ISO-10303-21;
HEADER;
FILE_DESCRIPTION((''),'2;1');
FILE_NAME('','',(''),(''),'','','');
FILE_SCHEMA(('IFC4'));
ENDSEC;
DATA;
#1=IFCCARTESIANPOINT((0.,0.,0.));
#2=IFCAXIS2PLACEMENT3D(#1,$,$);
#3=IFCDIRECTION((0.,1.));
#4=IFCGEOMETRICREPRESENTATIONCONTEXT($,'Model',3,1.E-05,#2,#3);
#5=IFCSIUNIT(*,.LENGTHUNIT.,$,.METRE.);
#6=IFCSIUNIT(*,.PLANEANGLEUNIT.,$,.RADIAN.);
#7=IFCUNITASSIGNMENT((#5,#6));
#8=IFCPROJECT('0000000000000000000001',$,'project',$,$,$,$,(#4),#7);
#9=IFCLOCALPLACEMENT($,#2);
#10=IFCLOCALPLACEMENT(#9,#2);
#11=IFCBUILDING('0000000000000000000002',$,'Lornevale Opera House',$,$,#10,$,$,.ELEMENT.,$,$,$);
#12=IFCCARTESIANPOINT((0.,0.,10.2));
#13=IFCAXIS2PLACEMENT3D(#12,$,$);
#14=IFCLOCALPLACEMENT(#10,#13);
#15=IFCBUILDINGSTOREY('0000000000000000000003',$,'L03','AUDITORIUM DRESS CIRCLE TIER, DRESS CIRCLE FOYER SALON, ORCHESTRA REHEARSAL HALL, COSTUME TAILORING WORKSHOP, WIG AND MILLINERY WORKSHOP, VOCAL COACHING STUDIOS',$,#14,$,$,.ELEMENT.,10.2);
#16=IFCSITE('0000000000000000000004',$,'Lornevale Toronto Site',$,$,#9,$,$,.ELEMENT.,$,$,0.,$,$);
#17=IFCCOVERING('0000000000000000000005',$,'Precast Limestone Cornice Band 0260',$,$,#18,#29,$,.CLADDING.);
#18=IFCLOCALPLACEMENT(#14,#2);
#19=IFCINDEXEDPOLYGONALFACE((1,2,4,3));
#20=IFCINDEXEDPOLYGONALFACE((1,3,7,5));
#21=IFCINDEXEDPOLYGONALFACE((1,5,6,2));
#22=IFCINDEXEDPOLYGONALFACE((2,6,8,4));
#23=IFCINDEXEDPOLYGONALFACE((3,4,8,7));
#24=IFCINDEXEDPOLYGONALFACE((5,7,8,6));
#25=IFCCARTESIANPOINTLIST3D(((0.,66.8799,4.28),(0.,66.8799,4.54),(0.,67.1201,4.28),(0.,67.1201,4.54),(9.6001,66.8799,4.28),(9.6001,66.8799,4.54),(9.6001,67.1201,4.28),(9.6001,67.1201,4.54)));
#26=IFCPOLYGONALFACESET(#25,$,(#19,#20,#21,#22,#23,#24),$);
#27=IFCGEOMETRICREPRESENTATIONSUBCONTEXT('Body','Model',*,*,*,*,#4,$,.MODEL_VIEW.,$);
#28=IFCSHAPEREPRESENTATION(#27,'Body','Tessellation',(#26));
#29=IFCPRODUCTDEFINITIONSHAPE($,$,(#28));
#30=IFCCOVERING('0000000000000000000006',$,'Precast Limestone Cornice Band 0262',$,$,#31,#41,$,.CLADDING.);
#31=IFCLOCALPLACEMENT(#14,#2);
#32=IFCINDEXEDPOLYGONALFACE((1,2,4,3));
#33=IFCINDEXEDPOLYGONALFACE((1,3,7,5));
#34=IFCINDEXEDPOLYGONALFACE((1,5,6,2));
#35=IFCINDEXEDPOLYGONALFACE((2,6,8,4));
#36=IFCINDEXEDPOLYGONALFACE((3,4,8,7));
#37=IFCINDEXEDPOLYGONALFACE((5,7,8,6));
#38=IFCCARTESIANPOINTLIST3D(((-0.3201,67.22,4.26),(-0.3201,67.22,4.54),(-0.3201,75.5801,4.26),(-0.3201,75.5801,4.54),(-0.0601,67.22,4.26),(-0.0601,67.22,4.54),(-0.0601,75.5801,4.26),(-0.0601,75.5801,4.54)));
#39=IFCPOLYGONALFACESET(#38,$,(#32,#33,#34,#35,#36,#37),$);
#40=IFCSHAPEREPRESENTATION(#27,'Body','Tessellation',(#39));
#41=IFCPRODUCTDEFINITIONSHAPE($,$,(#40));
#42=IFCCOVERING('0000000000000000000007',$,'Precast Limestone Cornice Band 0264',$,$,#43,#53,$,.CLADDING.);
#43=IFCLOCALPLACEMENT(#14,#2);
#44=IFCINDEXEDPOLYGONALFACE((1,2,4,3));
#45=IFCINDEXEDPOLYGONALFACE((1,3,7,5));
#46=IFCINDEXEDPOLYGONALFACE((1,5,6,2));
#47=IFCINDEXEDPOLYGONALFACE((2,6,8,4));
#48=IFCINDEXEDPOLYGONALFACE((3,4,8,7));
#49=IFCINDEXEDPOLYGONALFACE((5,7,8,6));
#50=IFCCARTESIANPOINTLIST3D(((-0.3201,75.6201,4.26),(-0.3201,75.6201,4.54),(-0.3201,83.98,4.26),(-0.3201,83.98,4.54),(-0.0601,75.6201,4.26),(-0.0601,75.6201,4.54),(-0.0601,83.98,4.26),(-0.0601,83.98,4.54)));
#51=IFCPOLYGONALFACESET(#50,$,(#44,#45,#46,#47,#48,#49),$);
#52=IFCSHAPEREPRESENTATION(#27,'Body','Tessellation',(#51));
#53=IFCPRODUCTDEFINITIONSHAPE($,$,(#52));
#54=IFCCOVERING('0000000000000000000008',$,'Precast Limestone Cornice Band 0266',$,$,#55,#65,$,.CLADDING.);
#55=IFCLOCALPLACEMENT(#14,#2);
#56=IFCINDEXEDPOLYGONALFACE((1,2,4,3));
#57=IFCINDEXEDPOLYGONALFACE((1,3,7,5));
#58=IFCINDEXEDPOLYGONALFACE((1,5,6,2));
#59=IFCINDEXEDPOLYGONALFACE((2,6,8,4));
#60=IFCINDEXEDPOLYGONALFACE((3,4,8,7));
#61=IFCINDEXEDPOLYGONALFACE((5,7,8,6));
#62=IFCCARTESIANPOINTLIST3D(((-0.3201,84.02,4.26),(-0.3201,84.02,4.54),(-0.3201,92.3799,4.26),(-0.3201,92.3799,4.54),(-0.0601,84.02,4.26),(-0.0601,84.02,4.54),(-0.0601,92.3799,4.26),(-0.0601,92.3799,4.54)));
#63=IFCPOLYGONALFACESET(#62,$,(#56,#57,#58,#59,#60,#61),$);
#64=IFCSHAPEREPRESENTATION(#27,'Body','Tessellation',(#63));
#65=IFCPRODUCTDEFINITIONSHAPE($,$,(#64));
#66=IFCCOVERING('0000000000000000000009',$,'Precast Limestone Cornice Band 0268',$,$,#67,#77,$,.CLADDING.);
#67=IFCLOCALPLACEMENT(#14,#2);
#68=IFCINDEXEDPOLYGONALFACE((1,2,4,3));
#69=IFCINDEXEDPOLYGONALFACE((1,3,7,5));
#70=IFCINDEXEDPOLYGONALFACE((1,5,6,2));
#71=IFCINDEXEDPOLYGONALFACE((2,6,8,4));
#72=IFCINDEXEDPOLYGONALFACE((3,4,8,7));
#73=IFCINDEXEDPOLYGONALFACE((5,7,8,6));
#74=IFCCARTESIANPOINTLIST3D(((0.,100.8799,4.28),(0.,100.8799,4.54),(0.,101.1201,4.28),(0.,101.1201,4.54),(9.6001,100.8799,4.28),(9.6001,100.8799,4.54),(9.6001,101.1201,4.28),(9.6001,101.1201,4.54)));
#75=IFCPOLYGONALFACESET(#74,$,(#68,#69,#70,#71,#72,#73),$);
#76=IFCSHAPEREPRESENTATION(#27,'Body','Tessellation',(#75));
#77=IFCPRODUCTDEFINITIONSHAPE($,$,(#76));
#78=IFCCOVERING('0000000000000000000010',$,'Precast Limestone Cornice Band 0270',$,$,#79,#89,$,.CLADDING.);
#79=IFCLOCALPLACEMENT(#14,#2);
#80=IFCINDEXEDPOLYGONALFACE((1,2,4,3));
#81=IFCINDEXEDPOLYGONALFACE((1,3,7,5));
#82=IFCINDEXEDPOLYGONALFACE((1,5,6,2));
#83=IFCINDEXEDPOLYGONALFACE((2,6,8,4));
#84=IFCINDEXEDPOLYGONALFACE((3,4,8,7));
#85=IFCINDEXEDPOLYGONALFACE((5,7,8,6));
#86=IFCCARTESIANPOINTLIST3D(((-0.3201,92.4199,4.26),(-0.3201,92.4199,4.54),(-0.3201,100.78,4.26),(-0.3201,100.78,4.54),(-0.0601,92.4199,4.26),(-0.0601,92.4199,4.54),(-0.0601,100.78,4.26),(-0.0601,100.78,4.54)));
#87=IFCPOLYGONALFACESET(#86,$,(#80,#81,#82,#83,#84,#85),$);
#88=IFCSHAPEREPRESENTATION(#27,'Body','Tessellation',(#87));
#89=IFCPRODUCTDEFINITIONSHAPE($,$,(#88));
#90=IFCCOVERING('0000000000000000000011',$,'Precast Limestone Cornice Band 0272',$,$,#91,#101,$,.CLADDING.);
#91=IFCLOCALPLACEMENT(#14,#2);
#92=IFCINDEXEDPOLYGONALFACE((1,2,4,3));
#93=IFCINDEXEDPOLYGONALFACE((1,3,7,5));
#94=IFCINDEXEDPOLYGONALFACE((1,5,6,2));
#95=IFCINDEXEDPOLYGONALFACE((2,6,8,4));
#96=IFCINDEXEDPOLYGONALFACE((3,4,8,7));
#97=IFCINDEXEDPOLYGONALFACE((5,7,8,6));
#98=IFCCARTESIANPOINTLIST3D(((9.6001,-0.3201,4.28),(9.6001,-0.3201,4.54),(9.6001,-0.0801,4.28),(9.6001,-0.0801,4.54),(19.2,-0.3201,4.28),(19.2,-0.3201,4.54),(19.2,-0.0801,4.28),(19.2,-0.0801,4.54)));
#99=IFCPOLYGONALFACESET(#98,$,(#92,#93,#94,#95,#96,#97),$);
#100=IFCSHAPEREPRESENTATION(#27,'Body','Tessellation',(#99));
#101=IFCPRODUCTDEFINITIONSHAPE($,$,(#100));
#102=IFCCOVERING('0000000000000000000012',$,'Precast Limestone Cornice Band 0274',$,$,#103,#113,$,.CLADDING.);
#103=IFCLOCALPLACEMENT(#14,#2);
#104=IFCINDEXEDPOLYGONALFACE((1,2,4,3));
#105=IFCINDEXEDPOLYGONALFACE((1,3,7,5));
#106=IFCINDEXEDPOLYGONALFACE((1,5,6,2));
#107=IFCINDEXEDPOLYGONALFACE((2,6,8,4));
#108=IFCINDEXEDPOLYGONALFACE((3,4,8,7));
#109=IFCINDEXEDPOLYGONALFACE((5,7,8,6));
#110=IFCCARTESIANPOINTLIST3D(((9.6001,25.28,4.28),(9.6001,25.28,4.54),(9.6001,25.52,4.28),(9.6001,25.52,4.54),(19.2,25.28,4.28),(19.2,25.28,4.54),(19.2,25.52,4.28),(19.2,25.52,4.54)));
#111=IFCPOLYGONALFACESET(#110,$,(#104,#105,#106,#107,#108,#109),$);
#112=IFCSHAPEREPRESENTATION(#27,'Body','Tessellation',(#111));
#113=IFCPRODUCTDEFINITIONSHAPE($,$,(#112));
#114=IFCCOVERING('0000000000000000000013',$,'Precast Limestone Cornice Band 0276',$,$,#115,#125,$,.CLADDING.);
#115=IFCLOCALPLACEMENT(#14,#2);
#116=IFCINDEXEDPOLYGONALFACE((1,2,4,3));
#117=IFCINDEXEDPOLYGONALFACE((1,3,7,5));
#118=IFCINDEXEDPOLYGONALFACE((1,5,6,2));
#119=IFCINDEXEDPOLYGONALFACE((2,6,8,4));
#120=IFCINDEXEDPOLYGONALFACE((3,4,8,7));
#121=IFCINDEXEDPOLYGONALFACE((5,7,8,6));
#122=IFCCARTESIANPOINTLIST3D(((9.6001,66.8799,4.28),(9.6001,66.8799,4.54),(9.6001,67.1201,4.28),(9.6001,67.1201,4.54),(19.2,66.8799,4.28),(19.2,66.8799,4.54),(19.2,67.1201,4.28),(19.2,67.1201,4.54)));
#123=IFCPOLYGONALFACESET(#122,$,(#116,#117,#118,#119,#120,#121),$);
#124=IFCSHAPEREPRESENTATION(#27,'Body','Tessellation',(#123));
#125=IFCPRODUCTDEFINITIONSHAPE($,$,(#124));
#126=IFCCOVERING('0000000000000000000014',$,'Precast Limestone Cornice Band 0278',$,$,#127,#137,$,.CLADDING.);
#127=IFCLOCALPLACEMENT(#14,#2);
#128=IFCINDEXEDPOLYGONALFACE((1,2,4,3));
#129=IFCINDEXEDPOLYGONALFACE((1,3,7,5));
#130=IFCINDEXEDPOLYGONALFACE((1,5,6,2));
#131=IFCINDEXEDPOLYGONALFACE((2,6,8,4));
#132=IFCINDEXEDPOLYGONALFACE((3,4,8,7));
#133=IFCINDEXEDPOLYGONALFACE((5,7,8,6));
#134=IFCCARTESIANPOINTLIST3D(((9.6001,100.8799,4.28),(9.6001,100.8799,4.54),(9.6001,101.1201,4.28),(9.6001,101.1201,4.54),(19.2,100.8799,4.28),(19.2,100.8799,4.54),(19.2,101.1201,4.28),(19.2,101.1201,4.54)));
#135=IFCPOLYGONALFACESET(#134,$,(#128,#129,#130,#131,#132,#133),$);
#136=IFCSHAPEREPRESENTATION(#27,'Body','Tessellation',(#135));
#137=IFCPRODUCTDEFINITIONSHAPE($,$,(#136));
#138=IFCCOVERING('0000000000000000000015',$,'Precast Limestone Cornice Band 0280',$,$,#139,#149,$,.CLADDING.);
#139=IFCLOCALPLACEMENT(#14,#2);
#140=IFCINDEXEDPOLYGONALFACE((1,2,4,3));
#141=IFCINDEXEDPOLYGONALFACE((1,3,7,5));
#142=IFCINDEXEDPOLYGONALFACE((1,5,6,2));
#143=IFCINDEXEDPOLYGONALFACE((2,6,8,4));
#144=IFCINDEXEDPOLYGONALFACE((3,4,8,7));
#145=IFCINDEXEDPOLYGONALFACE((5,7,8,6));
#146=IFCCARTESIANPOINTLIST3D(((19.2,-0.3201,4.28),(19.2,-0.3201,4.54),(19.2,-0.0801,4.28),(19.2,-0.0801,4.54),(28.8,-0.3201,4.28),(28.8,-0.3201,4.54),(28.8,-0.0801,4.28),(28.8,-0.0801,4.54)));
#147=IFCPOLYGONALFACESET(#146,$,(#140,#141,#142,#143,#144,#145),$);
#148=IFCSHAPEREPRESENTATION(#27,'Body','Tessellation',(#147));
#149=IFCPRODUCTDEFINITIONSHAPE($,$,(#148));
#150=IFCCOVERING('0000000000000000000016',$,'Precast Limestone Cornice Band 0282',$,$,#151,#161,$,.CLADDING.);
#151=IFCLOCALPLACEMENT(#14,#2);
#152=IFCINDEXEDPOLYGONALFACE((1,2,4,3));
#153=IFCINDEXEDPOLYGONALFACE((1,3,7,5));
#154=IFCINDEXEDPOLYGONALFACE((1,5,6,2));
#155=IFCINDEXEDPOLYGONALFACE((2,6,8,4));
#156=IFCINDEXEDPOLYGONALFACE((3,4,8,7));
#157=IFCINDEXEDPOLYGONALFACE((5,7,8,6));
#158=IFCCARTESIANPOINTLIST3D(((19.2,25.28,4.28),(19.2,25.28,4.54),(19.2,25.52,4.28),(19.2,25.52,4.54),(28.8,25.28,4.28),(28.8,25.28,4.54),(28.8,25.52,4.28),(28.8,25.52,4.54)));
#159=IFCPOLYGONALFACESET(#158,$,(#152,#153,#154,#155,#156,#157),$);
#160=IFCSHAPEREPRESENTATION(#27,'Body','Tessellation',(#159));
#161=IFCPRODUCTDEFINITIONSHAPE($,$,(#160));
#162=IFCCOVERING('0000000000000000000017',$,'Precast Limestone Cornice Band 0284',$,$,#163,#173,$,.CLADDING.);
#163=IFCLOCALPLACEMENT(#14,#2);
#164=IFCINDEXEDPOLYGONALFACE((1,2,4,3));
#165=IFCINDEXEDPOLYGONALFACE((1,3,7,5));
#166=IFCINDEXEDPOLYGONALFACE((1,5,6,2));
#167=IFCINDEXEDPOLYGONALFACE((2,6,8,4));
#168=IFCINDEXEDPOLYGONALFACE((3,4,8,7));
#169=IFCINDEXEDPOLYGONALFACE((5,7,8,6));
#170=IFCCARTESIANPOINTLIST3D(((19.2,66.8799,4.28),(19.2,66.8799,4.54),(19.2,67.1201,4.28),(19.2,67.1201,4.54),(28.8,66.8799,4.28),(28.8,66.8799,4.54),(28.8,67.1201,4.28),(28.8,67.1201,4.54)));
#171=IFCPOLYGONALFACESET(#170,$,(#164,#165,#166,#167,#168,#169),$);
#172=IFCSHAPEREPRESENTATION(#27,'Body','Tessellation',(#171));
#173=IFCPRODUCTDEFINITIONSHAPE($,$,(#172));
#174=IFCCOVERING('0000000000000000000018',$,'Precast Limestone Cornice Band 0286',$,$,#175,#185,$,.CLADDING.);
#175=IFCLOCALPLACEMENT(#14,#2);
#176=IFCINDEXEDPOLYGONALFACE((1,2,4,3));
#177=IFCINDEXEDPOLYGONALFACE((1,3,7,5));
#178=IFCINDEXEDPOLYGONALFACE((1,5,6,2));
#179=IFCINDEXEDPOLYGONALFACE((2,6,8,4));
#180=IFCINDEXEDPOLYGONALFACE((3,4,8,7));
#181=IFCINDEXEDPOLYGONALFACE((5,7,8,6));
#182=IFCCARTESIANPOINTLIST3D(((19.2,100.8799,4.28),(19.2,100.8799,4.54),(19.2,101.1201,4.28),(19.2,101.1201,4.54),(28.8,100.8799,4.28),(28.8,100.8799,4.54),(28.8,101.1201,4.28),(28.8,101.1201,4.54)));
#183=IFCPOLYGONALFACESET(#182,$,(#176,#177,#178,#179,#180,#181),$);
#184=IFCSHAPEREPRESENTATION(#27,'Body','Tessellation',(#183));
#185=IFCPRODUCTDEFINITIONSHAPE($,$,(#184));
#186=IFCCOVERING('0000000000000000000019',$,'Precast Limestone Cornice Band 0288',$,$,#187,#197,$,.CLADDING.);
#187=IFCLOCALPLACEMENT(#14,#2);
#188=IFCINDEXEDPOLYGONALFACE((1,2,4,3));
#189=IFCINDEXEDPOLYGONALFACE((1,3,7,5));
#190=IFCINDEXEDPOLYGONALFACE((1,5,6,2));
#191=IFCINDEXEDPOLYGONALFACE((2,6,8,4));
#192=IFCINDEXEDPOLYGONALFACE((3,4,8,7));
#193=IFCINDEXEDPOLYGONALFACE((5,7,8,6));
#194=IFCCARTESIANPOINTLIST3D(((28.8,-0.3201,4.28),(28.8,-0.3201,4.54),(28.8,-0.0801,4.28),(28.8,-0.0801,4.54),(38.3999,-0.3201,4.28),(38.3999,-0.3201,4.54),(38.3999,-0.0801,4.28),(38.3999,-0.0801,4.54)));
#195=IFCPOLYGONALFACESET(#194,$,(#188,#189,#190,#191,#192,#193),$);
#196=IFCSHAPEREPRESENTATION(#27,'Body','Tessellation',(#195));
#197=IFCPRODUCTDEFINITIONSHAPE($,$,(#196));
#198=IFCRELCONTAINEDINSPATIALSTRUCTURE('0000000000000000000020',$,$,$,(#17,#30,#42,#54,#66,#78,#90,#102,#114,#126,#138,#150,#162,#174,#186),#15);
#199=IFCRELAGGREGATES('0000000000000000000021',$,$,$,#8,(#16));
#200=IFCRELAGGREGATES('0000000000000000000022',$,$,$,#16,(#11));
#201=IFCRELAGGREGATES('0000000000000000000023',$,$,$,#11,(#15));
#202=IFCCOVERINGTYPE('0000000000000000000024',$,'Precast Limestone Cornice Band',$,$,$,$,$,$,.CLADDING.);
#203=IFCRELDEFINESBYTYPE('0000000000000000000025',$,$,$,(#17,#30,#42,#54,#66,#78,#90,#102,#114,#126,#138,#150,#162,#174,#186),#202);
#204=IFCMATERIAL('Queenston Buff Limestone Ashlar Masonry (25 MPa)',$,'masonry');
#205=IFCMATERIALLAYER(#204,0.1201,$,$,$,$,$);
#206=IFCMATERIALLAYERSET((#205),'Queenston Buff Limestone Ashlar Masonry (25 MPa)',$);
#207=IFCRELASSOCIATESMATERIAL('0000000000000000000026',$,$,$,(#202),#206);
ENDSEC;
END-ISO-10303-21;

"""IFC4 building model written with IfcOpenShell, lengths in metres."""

from ifc_helpers import new_model, si_unit, direction, frame, origin, place, context, subcontext, project, spatial, polyline, outline, extrude, material, layer, layer_set, type_object, element, save


model = new_model("IFC4")

# Units and contexts
model_context = context("Model", 3, precision=1e-05, world=origin(), true_north=direction((0.0, 1.0)))
body_context = subcontext(model_context, "Body", "Model", "MODEL_VIEW")
ifc_project = project(units=[si_unit("LENGTHUNIT", "METRE"), si_unit("PLANEANGLEUNIT", "RADIAN")], contexts=[model_context])

# Site, building, storey
site_placement = place(None, origin())
site = spatial("IfcSite", under=ifc_project, at=site_placement, Name="Lornevale Toronto Site", CompositionType="ELEMENT", RefElevation=0.0)
building_placement = place(site_placement, origin())
building = spatial("IfcBuilding", under=site, at=building_placement, Name="Lornevale Opera House", CompositionType="ELEMENT")
storey_placement = place(building_placement, frame((0.0, 0.0, 10.2)))
storey = spatial("IfcBuildingStorey", under=building, at=storey_placement, Name="L03", Description="AUDITORIUM DRESS CIRCLE TIER, DRESS CIRCLE FOYER SALON, ORCHESTRA REHEARSAL HALL, COSTUME TAILORING WORKSHOP, WIG AND MILLINERY WORKSHOP, VOCAL COACHING STUDIOS", CompositionType="ELEMENT", Elevation=10.2)

# Coverings
ifc_material_1 = material(Name="Queenston Buff Limestone Ashlar Masonry (25 MPa)", Category="masonry")
ifc_layer_1 = layer(ifc_material_1, 0.1201)
ifc_layer_set_1 = layer_set([ifc_layer_1], Name="Queenston Buff Limestone Ashlar Masonry (25 MPa)")
covering_type_1 = type_object("IfcCoveringType", Name="Precast Limestone Cornice Band", PredefinedType="CLADDING", material=ifc_layer_set_1)
covering_1_placement = place(storey_placement, frame((0.0, 0.0, 4.28)))
element("IfcCovering", 1, at=covering_1_placement, inside=storey, type_object=covering_type_1, Name="Precast Limestone Cornice Band 0260", PredefinedType="CLADDING", context=body_context, shape_type="SweptSolid", body=[
    extrude(outline(polyline([(9.6001, 67.1201), (0.0, 67.1201), (0.0, 66.8799), (9.6001, 66.8799), (9.6001, 67.1201)])), origin(), (0.0, 0.0, 1.0), 0.26),
])
covering_2_placement = place(storey_placement, frame((0.0, 0.0, 4.26)))
element("IfcCovering", 2, at=covering_2_placement, inside=storey, type_object=covering_type_1, Name="Precast Limestone Cornice Band 0262", PredefinedType="CLADDING", context=body_context, shape_type="SweptSolid", body=[
    extrude(outline(polyline([(-0.0601, 67.22), (-0.0601, 75.5801), (-0.3201, 75.5801), (-0.3201, 67.22), (-0.0601, 67.22)])), origin(), (0.0, 0.0, 1.0), 0.28),
])
covering_3_placement = place(storey_placement, frame((0.0, 0.0, 4.26)))
element("IfcCovering", 3, at=covering_3_placement, inside=storey, type_object=covering_type_1, Name="Precast Limestone Cornice Band 0264", PredefinedType="CLADDING", context=body_context, shape_type="SweptSolid", body=[
    extrude(outline(polyline([(-0.0601, 75.6201), (-0.0601, 83.98), (-0.3201, 83.98), (-0.3201, 75.6201), (-0.0601, 75.6201)])), origin(), (0.0, 0.0, 1.0), 0.28),
])
covering_4_placement = place(storey_placement, frame((0.0, 0.0, 4.26)))
element("IfcCovering", 4, at=covering_4_placement, inside=storey, type_object=covering_type_1, Name="Precast Limestone Cornice Band 0266", PredefinedType="CLADDING", context=body_context, shape_type="SweptSolid", body=[
    extrude(outline(polyline([(-0.0601, 84.02), (-0.0601, 92.3799), (-0.3201, 92.3799), (-0.3201, 84.02), (-0.0601, 84.02)])), origin(), (0.0, 0.0, 1.0), 0.28),
])
covering_5_placement = place(storey_placement, frame((0.0, 0.0, 4.28)))
element("IfcCovering", 5, at=covering_5_placement, inside=storey, type_object=covering_type_1, Name="Precast Limestone Cornice Band 0268", PredefinedType="CLADDING", context=body_context, shape_type="SweptSolid", body=[
    extrude(outline(polyline([(0.0, 100.8799), (9.6001, 100.8799), (9.6001, 101.1201), (0.0, 101.1201), (0.0, 100.8799)])), origin(), (0.0, 0.0, 1.0), 0.26),
])
covering_6_placement = place(storey_placement, frame((0.0, 0.0, 4.26)))
element("IfcCovering", 6, at=covering_6_placement, inside=storey, type_object=covering_type_1, Name="Precast Limestone Cornice Band 0270", PredefinedType="CLADDING", context=body_context, shape_type="SweptSolid", body=[
    extrude(outline(polyline([(-0.0601, 92.4199), (-0.0601, 100.78), (-0.3201, 100.78), (-0.3201, 92.4199), (-0.0601, 92.4199)])), origin(), (0.0, 0.0, 1.0), 0.28),
])
covering_7_placement = place(storey_placement, frame((0.0, 0.0, 4.28)))
element("IfcCovering", 7, at=covering_7_placement, inside=storey, type_object=covering_type_1, Name="Precast Limestone Cornice Band 0272", PredefinedType="CLADDING", context=body_context, shape_type="SweptSolid", body=[
    extrude(outline(polyline([(19.2, -0.0801), (9.6001, -0.0801), (9.6001, -0.3201), (19.2, -0.3201), (19.2, -0.0801)])), origin(), (0.0, 0.0, 1.0), 0.26),
])
covering_8_placement = place(storey_placement, frame((0.0, 0.0, 4.28)))
element("IfcCovering", 8, at=covering_8_placement, inside=storey, type_object=covering_type_1, Name="Precast Limestone Cornice Band 0274", PredefinedType="CLADDING", context=body_context, shape_type="SweptSolid", body=[
    extrude(outline(polyline([(9.6001, 25.28), (19.2, 25.28), (19.2, 25.52), (9.6001, 25.52), (9.6001, 25.28)])), origin(), (0.0, 0.0, 1.0), 0.26),
])
covering_9_placement = place(storey_placement, frame((0.0, 0.0, 4.28)))
element("IfcCovering", 9, at=covering_9_placement, inside=storey, type_object=covering_type_1, Name="Precast Limestone Cornice Band 0276", PredefinedType="CLADDING", context=body_context, shape_type="SweptSolid", body=[
    extrude(outline(polyline([(19.2, 67.1201), (9.6001, 67.1201), (9.6001, 66.8799), (19.2, 66.8799), (19.2, 67.1201)])), origin(), (0.0, 0.0, 1.0), 0.26),
])
covering_10_placement = place(storey_placement, frame((0.0, 0.0, 4.28)))
element("IfcCovering", 10, at=covering_10_placement, inside=storey, type_object=covering_type_1, Name="Precast Limestone Cornice Band 0278", PredefinedType="CLADDING", context=body_context, shape_type="SweptSolid", body=[
    extrude(outline(polyline([(9.6001, 100.8799), (19.2, 100.8799), (19.2, 101.1201), (9.6001, 101.1201), (9.6001, 100.8799)])), origin(), (0.0, 0.0, 1.0), 0.26),
])
covering_11_placement = place(storey_placement, frame((0.0, 0.0, 4.28)))
element("IfcCovering", 11, at=covering_11_placement, inside=storey, type_object=covering_type_1, Name="Precast Limestone Cornice Band 0280", PredefinedType="CLADDING", context=body_context, shape_type="SweptSolid", body=[
    extrude(outline(polyline([(28.8, -0.0801), (19.2, -0.0801), (19.2, -0.3201), (28.8, -0.3201), (28.8, -0.0801)])), origin(), (0.0, 0.0, 1.0), 0.26),
])
covering_12_placement = place(storey_placement, frame((0.0, 0.0, 4.28)))
element("IfcCovering", 12, at=covering_12_placement, inside=storey, type_object=covering_type_1, Name="Precast Limestone Cornice Band 0282", PredefinedType="CLADDING", context=body_context, shape_type="SweptSolid", body=[
    extrude(outline(polyline([(19.2, 25.28), (28.8, 25.28), (28.8, 25.52), (19.2, 25.52), (19.2, 25.28)])), origin(), (0.0, 0.0, 1.0), 0.26),
])
covering_13_placement = place(storey_placement, frame((0.0, 0.0, 4.28)))
element("IfcCovering", 13, at=covering_13_placement, inside=storey, type_object=covering_type_1, Name="Precast Limestone Cornice Band 0284", PredefinedType="CLADDING", context=body_context, shape_type="SweptSolid", body=[
    extrude(outline(polyline([(28.8, 67.1201), (19.2, 67.1201), (19.2, 66.8799), (28.8, 66.8799), (28.8, 67.1201)])), origin(), (0.0, 0.0, 1.0), 0.26),
])
covering_14_placement = place(storey_placement, frame((0.0, 0.0, 4.28)))
element("IfcCovering", 14, at=covering_14_placement, inside=storey, type_object=covering_type_1, Name="Precast Limestone Cornice Band 0286", PredefinedType="CLADDING", context=body_context, shape_type="SweptSolid", body=[
    extrude(outline(polyline([(19.2, 100.8799), (28.8, 100.8799), (28.8, 101.1201), (19.2, 101.1201), (19.2, 100.8799)])), origin(), (0.0, 0.0, 1.0), 0.26),
])
covering_15_placement = place(storey_placement, frame((0.0, 0.0, 4.28)))
element("IfcCovering", 15, at=covering_15_placement, inside=storey, type_object=covering_type_1, Name="Precast Limestone Cornice Band 0288", PredefinedType="CLADDING", context=body_context, shape_type="SweptSolid", body=[
    extrude(outline(polyline([(38.3999, -0.0801), (28.8, -0.0801), (28.8, -0.3201), (38.3999, -0.3201), (38.3999, -0.0801)])), origin(), (0.0, 0.0, 1.0), 0.26),
])

save(model, "model.ifc")
